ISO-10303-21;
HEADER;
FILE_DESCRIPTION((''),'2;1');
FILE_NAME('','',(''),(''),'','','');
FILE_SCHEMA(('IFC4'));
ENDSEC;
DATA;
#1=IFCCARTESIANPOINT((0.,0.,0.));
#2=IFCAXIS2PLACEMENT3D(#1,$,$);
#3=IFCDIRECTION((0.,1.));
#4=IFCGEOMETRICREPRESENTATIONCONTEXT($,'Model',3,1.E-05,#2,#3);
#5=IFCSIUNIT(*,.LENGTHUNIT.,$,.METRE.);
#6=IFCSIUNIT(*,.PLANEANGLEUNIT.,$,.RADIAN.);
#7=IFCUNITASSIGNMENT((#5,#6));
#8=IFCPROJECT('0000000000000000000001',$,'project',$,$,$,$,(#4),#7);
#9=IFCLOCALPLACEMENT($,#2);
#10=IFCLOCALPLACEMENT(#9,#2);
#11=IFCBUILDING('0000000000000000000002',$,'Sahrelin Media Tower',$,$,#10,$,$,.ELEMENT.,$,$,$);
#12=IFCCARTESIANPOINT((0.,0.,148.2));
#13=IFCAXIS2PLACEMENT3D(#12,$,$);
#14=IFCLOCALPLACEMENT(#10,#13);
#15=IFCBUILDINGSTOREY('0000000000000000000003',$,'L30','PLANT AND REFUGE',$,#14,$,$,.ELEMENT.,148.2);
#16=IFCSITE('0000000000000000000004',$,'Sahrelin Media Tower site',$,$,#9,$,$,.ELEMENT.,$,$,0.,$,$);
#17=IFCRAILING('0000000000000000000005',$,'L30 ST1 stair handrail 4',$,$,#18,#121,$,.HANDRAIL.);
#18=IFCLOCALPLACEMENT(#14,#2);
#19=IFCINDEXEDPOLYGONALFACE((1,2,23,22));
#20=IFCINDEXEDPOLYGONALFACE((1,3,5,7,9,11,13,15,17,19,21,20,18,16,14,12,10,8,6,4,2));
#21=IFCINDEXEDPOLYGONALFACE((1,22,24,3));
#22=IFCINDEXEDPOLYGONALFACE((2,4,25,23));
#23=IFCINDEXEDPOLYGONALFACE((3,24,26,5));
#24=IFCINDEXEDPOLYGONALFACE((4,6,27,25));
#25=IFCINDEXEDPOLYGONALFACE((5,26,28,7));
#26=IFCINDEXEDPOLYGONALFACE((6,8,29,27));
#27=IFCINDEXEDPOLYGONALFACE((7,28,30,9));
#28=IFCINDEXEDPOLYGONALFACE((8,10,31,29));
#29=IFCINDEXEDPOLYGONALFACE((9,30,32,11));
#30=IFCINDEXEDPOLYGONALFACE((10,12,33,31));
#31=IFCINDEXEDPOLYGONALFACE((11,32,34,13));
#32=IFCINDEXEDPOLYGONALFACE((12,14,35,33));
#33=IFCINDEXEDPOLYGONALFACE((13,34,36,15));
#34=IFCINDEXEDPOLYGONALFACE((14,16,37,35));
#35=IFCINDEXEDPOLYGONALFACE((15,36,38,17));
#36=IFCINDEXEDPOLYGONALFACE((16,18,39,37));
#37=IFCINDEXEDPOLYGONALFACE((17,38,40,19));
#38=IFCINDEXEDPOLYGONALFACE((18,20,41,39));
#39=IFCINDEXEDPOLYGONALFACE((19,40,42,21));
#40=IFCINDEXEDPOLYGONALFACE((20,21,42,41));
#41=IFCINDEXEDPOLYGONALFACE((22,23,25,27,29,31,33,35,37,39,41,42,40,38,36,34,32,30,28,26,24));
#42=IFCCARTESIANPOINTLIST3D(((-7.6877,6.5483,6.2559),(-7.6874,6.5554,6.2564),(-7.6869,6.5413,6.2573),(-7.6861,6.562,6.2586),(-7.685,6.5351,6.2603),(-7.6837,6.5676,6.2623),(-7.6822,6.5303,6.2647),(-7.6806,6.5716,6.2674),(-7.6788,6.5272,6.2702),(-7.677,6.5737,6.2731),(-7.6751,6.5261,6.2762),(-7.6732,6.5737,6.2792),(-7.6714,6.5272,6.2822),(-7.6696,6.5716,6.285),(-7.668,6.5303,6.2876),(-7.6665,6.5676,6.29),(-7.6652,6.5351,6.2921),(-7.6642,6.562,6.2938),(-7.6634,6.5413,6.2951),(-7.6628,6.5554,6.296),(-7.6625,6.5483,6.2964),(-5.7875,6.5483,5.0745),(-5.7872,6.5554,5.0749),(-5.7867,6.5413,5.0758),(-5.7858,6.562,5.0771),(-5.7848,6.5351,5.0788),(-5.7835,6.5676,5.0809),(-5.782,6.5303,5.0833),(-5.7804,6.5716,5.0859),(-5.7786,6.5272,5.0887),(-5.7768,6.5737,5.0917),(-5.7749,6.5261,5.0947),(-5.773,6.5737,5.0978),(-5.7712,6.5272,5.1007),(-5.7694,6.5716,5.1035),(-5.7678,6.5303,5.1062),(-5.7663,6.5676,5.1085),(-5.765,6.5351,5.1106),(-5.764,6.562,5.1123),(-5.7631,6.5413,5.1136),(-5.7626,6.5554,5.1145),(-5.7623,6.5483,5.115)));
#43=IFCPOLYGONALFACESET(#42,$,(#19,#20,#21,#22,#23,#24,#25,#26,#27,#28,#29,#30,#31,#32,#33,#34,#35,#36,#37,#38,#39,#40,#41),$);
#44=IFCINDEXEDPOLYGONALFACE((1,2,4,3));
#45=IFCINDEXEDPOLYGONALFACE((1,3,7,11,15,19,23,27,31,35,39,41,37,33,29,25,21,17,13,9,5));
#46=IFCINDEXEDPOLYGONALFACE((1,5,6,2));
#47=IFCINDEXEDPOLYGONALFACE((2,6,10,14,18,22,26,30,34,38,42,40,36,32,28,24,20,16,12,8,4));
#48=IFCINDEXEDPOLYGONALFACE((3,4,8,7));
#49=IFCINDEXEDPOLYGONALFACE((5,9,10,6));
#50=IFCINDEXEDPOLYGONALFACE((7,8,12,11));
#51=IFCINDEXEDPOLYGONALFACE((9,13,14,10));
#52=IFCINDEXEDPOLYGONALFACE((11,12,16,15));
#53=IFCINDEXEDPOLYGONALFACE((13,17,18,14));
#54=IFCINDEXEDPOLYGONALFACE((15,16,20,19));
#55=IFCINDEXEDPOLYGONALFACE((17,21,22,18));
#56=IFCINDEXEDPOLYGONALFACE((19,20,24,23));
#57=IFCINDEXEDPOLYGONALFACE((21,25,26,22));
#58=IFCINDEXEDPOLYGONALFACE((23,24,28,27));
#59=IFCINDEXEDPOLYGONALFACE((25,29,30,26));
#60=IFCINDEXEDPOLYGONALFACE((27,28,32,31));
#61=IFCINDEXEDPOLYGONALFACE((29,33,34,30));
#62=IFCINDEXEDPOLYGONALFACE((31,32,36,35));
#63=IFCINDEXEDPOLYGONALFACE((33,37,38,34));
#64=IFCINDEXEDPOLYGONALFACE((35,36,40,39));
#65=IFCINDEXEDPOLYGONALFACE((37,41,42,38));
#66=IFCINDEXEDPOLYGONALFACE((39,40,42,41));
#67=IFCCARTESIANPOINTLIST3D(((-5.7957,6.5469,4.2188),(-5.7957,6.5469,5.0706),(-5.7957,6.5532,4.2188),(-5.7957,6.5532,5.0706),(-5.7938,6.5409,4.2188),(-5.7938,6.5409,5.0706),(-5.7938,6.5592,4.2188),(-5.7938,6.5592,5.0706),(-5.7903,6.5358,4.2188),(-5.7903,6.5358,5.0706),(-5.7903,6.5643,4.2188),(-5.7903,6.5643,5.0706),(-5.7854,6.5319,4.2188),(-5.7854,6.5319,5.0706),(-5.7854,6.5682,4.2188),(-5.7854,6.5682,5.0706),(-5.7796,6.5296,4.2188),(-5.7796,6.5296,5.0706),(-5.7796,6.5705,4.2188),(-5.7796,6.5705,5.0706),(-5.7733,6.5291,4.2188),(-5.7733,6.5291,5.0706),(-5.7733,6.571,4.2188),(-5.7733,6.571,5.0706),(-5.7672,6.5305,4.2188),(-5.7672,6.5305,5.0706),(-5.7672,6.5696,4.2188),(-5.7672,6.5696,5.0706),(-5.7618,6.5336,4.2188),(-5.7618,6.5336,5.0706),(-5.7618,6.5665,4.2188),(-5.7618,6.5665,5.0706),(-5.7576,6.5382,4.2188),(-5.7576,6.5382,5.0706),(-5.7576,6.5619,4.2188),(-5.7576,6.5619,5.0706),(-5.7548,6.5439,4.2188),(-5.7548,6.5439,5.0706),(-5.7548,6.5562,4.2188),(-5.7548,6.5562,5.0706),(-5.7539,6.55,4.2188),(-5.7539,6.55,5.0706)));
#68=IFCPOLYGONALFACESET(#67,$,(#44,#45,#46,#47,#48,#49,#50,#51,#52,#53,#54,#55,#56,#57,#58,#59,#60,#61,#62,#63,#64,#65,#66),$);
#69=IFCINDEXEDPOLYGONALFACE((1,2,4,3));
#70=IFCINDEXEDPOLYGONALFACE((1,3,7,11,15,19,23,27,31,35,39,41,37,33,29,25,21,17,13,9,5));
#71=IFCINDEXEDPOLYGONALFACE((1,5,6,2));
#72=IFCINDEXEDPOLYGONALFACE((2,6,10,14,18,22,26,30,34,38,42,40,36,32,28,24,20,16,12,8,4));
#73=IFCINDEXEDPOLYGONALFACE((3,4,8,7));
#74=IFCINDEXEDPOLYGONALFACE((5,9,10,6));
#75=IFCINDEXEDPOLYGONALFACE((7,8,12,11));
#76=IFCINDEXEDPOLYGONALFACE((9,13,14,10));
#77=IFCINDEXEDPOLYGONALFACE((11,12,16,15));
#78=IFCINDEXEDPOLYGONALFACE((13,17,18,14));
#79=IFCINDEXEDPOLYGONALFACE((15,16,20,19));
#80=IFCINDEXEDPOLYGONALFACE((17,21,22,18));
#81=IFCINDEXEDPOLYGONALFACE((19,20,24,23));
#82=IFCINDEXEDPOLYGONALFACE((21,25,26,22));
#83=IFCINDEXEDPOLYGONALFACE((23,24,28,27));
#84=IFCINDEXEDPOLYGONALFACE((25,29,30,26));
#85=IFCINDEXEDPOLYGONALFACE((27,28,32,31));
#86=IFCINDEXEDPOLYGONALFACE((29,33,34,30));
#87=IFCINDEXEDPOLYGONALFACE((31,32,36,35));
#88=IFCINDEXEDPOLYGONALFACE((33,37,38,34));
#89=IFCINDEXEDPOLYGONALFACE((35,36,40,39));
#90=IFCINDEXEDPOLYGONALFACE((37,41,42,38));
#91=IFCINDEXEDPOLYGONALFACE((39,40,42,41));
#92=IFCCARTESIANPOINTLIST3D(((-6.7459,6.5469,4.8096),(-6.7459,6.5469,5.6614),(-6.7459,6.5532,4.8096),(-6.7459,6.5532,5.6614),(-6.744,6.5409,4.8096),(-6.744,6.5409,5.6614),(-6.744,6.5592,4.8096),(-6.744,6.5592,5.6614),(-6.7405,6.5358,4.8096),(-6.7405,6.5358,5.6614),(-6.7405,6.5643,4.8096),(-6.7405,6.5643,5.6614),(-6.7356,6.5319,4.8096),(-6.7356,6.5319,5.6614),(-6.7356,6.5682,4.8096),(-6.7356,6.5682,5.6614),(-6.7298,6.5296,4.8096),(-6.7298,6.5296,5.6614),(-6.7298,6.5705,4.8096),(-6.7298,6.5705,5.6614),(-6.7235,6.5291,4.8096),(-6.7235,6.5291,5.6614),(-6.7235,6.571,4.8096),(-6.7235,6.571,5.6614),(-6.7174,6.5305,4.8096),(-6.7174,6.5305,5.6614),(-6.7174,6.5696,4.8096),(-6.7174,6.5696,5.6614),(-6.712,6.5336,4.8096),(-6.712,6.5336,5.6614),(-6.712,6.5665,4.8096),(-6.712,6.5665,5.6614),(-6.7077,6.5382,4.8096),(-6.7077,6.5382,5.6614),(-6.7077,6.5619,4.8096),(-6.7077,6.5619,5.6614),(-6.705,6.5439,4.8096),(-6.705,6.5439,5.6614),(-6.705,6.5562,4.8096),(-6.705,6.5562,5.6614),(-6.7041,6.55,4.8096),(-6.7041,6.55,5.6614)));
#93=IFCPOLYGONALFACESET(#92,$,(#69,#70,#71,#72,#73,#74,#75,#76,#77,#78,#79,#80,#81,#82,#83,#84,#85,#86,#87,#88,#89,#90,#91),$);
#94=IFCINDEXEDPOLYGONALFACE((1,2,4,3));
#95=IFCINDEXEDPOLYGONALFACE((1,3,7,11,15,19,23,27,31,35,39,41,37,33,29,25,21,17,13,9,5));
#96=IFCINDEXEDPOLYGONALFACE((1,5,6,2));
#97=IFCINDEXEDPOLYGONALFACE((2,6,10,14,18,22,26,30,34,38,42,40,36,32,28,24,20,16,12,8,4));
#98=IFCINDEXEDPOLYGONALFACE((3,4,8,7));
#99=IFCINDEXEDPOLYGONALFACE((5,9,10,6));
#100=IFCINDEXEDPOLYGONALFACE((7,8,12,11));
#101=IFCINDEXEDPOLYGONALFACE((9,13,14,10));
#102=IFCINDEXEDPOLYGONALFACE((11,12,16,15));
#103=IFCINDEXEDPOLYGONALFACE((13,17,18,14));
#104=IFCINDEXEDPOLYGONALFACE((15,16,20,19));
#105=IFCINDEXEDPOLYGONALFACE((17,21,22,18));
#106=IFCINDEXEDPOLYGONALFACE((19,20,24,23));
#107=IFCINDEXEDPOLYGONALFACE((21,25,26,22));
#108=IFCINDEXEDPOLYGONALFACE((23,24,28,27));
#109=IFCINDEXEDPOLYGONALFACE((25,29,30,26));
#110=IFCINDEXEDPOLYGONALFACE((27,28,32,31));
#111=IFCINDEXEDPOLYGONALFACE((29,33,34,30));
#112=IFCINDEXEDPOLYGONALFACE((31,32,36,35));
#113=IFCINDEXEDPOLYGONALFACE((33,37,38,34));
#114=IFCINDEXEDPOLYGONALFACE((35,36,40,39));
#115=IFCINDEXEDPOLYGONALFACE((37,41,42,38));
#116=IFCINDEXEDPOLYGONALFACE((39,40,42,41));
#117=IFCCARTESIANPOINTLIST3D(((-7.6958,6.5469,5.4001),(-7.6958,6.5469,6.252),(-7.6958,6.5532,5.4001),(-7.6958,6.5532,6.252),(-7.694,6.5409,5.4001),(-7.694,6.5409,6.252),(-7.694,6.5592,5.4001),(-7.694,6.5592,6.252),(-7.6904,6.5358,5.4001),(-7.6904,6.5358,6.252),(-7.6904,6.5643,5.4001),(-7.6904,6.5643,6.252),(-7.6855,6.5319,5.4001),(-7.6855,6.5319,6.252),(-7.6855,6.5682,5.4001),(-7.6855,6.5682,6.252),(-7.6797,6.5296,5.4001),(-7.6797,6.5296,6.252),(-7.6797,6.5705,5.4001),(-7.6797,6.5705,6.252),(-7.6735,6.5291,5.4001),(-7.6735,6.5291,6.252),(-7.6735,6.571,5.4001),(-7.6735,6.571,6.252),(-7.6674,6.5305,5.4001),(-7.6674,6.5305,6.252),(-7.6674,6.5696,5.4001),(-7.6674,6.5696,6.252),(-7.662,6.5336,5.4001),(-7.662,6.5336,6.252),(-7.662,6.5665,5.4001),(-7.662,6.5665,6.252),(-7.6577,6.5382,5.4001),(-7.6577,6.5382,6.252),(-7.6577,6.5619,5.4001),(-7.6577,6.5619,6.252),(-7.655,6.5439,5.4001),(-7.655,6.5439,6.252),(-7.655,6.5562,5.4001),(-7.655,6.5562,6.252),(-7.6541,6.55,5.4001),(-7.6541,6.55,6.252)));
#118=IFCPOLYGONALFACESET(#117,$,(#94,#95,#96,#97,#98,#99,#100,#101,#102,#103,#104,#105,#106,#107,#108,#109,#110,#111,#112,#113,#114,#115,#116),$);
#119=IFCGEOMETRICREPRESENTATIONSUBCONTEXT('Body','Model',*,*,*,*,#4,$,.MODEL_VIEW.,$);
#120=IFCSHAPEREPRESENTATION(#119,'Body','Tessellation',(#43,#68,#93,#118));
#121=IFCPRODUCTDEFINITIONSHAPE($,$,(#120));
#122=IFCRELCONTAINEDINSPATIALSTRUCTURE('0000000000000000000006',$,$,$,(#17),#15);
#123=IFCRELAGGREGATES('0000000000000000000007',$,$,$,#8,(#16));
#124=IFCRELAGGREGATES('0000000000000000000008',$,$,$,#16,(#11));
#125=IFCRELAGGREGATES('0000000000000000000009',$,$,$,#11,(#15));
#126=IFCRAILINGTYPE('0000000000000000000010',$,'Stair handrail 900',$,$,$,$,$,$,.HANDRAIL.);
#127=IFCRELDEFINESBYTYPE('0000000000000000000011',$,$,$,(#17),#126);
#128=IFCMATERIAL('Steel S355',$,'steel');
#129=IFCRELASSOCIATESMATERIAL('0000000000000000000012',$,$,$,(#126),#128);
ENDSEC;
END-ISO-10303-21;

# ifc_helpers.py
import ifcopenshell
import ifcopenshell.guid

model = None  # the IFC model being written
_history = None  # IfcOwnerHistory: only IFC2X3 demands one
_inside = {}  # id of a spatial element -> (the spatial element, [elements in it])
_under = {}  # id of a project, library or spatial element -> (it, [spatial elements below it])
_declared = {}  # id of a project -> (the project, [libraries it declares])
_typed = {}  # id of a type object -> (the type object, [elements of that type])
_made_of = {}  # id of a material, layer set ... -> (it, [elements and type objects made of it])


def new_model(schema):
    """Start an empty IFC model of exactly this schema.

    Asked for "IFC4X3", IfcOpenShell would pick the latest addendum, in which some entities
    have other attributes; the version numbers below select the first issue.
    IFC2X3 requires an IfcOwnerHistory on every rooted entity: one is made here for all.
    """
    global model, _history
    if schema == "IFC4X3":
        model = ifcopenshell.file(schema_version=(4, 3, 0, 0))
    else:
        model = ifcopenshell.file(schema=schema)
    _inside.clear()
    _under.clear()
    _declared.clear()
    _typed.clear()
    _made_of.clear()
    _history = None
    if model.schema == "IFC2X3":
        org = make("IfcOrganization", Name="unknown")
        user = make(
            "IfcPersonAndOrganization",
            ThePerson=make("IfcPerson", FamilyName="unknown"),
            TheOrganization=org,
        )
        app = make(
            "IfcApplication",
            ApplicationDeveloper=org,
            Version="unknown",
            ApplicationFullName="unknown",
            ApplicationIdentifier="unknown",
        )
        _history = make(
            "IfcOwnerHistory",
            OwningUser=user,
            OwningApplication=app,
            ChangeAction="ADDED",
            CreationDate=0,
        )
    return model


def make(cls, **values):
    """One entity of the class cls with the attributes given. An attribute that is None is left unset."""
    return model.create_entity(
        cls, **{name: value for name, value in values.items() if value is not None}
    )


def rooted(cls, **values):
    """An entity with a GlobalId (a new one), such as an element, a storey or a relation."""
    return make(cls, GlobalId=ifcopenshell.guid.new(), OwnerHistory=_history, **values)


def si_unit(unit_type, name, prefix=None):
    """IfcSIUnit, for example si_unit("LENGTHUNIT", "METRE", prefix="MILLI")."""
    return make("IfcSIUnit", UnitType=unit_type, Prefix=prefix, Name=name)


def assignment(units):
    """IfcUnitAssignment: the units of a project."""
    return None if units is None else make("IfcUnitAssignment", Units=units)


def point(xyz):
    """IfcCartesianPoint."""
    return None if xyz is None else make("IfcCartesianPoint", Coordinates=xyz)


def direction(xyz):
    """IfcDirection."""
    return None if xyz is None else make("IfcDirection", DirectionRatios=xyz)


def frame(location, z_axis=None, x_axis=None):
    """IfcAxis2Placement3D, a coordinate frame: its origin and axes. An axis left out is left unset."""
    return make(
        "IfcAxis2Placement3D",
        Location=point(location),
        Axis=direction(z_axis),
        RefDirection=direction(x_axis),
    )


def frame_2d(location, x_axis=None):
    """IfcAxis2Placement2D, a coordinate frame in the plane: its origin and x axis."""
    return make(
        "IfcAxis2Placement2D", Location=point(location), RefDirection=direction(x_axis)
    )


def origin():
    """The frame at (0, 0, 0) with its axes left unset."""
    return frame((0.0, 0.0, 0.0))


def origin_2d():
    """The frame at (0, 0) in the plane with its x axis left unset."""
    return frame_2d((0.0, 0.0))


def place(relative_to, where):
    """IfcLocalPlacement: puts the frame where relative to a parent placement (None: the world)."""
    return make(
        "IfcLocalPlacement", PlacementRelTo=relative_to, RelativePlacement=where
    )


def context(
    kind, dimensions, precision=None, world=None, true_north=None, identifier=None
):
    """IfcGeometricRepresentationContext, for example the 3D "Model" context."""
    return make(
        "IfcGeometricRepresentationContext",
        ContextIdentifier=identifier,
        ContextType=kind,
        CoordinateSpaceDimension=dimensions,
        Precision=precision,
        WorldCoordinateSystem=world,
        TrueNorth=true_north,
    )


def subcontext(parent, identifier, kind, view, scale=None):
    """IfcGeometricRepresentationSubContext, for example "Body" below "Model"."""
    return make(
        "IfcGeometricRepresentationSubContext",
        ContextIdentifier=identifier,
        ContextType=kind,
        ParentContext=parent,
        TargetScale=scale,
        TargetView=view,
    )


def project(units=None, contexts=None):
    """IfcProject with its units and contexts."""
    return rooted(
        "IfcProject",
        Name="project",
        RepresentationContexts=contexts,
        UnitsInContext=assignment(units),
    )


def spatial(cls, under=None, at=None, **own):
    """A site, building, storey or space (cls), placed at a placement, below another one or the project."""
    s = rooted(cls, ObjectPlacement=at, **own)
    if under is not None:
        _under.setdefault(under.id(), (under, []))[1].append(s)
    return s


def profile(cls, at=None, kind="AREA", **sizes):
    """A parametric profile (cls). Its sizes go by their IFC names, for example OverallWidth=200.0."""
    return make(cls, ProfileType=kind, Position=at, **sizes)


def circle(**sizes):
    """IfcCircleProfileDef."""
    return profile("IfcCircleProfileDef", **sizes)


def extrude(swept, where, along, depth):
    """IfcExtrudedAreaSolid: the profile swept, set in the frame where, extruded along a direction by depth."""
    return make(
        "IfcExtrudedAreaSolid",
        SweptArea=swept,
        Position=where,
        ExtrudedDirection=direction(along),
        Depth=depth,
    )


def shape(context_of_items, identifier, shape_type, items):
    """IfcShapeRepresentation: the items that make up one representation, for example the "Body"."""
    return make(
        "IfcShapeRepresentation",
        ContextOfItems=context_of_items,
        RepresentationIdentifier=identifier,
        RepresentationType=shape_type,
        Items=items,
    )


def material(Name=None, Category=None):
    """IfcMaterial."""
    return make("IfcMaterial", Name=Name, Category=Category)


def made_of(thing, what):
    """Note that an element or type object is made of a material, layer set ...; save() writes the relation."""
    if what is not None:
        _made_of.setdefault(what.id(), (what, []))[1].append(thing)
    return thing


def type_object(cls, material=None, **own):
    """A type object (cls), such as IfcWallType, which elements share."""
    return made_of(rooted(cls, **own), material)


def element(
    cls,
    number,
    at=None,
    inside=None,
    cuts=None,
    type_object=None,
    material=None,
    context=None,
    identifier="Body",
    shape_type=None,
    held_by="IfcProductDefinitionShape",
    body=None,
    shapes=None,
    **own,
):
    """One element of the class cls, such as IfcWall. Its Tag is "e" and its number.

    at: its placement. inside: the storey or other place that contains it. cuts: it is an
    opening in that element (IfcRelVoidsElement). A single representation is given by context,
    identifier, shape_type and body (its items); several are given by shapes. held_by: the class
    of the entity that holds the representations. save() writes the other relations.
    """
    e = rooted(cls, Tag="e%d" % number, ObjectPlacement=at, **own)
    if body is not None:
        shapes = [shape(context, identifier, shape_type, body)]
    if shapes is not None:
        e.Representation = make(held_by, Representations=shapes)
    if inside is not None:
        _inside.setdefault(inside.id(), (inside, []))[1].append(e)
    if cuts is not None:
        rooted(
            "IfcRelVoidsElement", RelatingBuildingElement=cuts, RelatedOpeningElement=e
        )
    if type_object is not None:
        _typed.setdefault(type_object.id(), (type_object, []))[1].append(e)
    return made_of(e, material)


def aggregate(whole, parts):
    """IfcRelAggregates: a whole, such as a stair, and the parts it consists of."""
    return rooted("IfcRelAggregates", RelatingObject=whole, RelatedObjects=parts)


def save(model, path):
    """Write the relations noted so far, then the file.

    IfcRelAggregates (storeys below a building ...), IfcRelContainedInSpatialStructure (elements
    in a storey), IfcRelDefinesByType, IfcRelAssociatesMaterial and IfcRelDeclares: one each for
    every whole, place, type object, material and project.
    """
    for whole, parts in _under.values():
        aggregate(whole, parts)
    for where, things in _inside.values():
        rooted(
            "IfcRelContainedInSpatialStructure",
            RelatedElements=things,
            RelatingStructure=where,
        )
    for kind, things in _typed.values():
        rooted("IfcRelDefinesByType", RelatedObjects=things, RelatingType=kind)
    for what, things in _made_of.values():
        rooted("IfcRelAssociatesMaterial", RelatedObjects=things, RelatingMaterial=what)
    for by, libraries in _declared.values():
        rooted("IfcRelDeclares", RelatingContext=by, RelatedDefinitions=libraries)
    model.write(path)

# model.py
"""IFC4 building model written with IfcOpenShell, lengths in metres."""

from ifc_helpers import new_model, si_unit, direction, frame, origin, origin_2d, place, context, subcontext, project, spatial, circle, extrude, material, type_object, element, save


model = new_model("IFC4")

# Units and contexts
model_context = context("Model", 3, precision=1e-05, world=origin(), true_north=direction((0.0, 1.0)))
body_context = subcontext(model_context, "Body", "Model", "MODEL_VIEW")
ifc_project = project(units=[si_unit("LENGTHUNIT", "METRE"), si_unit("PLANEANGLEUNIT", "RADIAN")], contexts=[model_context])

# Site, building, storey
site_placement = place(None, origin())
site = spatial("IfcSite", under=ifc_project, at=site_placement, Name="Sahrelin Media Tower site", CompositionType="ELEMENT", RefElevation=0.0)
building_placement = place(site_placement, origin())
building = spatial("IfcBuilding", under=site, at=building_placement, Name="Sahrelin Media Tower", CompositionType="ELEMENT")
storey_placement = place(building_placement, frame((0.0, 0.0, 148.2)))
storey = spatial("IfcBuildingStorey", under=building, at=storey_placement, Name="L30", Description="PLANT AND REFUGE", CompositionType="ELEMENT", Elevation=148.2)

# Shared definitions
ifc_material_1 = material(Name="Steel S355", Category="steel")

# Railing
railing_type_1 = type_object("IfcRailingType", Name="Stair handrail 900", PredefinedType="HANDRAIL", material=ifc_material_1)
railing_1_placement = place(storey_placement, frame((-5.7749, 6.55, 4.2188)))
element("IfcRailing", 1, at=railing_1_placement, inside=storey, type_object=railing_type_1, Name="L30 ST1 stair handrail 4", PredefinedType="HANDRAIL", context=body_context, shape_type="SweptSolid", body=[
    extrude(circle(Radius=0.0239, at=origin_2d()), frame((0.0, 0.0, 0.876), z_axis=(-0.84924, 0.0, 0.528006), x_axis=(0.0, -1.0, 0.0)), (0.0, 0.0, 1.0), 2.2375),
    extrude(circle(Radius=0.021, at=origin_2d()), origin(), (0.0, 0.0, 1.0), 0.8518),
    extrude(circle(Radius=0.021, at=origin_2d()), frame((-0.9502, 0.0, 0.5908)), (0.0, 0.0, 1.0), 0.8518),
    extrude(circle(Radius=0.021, at=origin_2d()), frame((-1.9001, 0.0, 1.1814)), (0.0, 0.0, 1.0), 0.8518),
])

save(model, "model.ifc")
